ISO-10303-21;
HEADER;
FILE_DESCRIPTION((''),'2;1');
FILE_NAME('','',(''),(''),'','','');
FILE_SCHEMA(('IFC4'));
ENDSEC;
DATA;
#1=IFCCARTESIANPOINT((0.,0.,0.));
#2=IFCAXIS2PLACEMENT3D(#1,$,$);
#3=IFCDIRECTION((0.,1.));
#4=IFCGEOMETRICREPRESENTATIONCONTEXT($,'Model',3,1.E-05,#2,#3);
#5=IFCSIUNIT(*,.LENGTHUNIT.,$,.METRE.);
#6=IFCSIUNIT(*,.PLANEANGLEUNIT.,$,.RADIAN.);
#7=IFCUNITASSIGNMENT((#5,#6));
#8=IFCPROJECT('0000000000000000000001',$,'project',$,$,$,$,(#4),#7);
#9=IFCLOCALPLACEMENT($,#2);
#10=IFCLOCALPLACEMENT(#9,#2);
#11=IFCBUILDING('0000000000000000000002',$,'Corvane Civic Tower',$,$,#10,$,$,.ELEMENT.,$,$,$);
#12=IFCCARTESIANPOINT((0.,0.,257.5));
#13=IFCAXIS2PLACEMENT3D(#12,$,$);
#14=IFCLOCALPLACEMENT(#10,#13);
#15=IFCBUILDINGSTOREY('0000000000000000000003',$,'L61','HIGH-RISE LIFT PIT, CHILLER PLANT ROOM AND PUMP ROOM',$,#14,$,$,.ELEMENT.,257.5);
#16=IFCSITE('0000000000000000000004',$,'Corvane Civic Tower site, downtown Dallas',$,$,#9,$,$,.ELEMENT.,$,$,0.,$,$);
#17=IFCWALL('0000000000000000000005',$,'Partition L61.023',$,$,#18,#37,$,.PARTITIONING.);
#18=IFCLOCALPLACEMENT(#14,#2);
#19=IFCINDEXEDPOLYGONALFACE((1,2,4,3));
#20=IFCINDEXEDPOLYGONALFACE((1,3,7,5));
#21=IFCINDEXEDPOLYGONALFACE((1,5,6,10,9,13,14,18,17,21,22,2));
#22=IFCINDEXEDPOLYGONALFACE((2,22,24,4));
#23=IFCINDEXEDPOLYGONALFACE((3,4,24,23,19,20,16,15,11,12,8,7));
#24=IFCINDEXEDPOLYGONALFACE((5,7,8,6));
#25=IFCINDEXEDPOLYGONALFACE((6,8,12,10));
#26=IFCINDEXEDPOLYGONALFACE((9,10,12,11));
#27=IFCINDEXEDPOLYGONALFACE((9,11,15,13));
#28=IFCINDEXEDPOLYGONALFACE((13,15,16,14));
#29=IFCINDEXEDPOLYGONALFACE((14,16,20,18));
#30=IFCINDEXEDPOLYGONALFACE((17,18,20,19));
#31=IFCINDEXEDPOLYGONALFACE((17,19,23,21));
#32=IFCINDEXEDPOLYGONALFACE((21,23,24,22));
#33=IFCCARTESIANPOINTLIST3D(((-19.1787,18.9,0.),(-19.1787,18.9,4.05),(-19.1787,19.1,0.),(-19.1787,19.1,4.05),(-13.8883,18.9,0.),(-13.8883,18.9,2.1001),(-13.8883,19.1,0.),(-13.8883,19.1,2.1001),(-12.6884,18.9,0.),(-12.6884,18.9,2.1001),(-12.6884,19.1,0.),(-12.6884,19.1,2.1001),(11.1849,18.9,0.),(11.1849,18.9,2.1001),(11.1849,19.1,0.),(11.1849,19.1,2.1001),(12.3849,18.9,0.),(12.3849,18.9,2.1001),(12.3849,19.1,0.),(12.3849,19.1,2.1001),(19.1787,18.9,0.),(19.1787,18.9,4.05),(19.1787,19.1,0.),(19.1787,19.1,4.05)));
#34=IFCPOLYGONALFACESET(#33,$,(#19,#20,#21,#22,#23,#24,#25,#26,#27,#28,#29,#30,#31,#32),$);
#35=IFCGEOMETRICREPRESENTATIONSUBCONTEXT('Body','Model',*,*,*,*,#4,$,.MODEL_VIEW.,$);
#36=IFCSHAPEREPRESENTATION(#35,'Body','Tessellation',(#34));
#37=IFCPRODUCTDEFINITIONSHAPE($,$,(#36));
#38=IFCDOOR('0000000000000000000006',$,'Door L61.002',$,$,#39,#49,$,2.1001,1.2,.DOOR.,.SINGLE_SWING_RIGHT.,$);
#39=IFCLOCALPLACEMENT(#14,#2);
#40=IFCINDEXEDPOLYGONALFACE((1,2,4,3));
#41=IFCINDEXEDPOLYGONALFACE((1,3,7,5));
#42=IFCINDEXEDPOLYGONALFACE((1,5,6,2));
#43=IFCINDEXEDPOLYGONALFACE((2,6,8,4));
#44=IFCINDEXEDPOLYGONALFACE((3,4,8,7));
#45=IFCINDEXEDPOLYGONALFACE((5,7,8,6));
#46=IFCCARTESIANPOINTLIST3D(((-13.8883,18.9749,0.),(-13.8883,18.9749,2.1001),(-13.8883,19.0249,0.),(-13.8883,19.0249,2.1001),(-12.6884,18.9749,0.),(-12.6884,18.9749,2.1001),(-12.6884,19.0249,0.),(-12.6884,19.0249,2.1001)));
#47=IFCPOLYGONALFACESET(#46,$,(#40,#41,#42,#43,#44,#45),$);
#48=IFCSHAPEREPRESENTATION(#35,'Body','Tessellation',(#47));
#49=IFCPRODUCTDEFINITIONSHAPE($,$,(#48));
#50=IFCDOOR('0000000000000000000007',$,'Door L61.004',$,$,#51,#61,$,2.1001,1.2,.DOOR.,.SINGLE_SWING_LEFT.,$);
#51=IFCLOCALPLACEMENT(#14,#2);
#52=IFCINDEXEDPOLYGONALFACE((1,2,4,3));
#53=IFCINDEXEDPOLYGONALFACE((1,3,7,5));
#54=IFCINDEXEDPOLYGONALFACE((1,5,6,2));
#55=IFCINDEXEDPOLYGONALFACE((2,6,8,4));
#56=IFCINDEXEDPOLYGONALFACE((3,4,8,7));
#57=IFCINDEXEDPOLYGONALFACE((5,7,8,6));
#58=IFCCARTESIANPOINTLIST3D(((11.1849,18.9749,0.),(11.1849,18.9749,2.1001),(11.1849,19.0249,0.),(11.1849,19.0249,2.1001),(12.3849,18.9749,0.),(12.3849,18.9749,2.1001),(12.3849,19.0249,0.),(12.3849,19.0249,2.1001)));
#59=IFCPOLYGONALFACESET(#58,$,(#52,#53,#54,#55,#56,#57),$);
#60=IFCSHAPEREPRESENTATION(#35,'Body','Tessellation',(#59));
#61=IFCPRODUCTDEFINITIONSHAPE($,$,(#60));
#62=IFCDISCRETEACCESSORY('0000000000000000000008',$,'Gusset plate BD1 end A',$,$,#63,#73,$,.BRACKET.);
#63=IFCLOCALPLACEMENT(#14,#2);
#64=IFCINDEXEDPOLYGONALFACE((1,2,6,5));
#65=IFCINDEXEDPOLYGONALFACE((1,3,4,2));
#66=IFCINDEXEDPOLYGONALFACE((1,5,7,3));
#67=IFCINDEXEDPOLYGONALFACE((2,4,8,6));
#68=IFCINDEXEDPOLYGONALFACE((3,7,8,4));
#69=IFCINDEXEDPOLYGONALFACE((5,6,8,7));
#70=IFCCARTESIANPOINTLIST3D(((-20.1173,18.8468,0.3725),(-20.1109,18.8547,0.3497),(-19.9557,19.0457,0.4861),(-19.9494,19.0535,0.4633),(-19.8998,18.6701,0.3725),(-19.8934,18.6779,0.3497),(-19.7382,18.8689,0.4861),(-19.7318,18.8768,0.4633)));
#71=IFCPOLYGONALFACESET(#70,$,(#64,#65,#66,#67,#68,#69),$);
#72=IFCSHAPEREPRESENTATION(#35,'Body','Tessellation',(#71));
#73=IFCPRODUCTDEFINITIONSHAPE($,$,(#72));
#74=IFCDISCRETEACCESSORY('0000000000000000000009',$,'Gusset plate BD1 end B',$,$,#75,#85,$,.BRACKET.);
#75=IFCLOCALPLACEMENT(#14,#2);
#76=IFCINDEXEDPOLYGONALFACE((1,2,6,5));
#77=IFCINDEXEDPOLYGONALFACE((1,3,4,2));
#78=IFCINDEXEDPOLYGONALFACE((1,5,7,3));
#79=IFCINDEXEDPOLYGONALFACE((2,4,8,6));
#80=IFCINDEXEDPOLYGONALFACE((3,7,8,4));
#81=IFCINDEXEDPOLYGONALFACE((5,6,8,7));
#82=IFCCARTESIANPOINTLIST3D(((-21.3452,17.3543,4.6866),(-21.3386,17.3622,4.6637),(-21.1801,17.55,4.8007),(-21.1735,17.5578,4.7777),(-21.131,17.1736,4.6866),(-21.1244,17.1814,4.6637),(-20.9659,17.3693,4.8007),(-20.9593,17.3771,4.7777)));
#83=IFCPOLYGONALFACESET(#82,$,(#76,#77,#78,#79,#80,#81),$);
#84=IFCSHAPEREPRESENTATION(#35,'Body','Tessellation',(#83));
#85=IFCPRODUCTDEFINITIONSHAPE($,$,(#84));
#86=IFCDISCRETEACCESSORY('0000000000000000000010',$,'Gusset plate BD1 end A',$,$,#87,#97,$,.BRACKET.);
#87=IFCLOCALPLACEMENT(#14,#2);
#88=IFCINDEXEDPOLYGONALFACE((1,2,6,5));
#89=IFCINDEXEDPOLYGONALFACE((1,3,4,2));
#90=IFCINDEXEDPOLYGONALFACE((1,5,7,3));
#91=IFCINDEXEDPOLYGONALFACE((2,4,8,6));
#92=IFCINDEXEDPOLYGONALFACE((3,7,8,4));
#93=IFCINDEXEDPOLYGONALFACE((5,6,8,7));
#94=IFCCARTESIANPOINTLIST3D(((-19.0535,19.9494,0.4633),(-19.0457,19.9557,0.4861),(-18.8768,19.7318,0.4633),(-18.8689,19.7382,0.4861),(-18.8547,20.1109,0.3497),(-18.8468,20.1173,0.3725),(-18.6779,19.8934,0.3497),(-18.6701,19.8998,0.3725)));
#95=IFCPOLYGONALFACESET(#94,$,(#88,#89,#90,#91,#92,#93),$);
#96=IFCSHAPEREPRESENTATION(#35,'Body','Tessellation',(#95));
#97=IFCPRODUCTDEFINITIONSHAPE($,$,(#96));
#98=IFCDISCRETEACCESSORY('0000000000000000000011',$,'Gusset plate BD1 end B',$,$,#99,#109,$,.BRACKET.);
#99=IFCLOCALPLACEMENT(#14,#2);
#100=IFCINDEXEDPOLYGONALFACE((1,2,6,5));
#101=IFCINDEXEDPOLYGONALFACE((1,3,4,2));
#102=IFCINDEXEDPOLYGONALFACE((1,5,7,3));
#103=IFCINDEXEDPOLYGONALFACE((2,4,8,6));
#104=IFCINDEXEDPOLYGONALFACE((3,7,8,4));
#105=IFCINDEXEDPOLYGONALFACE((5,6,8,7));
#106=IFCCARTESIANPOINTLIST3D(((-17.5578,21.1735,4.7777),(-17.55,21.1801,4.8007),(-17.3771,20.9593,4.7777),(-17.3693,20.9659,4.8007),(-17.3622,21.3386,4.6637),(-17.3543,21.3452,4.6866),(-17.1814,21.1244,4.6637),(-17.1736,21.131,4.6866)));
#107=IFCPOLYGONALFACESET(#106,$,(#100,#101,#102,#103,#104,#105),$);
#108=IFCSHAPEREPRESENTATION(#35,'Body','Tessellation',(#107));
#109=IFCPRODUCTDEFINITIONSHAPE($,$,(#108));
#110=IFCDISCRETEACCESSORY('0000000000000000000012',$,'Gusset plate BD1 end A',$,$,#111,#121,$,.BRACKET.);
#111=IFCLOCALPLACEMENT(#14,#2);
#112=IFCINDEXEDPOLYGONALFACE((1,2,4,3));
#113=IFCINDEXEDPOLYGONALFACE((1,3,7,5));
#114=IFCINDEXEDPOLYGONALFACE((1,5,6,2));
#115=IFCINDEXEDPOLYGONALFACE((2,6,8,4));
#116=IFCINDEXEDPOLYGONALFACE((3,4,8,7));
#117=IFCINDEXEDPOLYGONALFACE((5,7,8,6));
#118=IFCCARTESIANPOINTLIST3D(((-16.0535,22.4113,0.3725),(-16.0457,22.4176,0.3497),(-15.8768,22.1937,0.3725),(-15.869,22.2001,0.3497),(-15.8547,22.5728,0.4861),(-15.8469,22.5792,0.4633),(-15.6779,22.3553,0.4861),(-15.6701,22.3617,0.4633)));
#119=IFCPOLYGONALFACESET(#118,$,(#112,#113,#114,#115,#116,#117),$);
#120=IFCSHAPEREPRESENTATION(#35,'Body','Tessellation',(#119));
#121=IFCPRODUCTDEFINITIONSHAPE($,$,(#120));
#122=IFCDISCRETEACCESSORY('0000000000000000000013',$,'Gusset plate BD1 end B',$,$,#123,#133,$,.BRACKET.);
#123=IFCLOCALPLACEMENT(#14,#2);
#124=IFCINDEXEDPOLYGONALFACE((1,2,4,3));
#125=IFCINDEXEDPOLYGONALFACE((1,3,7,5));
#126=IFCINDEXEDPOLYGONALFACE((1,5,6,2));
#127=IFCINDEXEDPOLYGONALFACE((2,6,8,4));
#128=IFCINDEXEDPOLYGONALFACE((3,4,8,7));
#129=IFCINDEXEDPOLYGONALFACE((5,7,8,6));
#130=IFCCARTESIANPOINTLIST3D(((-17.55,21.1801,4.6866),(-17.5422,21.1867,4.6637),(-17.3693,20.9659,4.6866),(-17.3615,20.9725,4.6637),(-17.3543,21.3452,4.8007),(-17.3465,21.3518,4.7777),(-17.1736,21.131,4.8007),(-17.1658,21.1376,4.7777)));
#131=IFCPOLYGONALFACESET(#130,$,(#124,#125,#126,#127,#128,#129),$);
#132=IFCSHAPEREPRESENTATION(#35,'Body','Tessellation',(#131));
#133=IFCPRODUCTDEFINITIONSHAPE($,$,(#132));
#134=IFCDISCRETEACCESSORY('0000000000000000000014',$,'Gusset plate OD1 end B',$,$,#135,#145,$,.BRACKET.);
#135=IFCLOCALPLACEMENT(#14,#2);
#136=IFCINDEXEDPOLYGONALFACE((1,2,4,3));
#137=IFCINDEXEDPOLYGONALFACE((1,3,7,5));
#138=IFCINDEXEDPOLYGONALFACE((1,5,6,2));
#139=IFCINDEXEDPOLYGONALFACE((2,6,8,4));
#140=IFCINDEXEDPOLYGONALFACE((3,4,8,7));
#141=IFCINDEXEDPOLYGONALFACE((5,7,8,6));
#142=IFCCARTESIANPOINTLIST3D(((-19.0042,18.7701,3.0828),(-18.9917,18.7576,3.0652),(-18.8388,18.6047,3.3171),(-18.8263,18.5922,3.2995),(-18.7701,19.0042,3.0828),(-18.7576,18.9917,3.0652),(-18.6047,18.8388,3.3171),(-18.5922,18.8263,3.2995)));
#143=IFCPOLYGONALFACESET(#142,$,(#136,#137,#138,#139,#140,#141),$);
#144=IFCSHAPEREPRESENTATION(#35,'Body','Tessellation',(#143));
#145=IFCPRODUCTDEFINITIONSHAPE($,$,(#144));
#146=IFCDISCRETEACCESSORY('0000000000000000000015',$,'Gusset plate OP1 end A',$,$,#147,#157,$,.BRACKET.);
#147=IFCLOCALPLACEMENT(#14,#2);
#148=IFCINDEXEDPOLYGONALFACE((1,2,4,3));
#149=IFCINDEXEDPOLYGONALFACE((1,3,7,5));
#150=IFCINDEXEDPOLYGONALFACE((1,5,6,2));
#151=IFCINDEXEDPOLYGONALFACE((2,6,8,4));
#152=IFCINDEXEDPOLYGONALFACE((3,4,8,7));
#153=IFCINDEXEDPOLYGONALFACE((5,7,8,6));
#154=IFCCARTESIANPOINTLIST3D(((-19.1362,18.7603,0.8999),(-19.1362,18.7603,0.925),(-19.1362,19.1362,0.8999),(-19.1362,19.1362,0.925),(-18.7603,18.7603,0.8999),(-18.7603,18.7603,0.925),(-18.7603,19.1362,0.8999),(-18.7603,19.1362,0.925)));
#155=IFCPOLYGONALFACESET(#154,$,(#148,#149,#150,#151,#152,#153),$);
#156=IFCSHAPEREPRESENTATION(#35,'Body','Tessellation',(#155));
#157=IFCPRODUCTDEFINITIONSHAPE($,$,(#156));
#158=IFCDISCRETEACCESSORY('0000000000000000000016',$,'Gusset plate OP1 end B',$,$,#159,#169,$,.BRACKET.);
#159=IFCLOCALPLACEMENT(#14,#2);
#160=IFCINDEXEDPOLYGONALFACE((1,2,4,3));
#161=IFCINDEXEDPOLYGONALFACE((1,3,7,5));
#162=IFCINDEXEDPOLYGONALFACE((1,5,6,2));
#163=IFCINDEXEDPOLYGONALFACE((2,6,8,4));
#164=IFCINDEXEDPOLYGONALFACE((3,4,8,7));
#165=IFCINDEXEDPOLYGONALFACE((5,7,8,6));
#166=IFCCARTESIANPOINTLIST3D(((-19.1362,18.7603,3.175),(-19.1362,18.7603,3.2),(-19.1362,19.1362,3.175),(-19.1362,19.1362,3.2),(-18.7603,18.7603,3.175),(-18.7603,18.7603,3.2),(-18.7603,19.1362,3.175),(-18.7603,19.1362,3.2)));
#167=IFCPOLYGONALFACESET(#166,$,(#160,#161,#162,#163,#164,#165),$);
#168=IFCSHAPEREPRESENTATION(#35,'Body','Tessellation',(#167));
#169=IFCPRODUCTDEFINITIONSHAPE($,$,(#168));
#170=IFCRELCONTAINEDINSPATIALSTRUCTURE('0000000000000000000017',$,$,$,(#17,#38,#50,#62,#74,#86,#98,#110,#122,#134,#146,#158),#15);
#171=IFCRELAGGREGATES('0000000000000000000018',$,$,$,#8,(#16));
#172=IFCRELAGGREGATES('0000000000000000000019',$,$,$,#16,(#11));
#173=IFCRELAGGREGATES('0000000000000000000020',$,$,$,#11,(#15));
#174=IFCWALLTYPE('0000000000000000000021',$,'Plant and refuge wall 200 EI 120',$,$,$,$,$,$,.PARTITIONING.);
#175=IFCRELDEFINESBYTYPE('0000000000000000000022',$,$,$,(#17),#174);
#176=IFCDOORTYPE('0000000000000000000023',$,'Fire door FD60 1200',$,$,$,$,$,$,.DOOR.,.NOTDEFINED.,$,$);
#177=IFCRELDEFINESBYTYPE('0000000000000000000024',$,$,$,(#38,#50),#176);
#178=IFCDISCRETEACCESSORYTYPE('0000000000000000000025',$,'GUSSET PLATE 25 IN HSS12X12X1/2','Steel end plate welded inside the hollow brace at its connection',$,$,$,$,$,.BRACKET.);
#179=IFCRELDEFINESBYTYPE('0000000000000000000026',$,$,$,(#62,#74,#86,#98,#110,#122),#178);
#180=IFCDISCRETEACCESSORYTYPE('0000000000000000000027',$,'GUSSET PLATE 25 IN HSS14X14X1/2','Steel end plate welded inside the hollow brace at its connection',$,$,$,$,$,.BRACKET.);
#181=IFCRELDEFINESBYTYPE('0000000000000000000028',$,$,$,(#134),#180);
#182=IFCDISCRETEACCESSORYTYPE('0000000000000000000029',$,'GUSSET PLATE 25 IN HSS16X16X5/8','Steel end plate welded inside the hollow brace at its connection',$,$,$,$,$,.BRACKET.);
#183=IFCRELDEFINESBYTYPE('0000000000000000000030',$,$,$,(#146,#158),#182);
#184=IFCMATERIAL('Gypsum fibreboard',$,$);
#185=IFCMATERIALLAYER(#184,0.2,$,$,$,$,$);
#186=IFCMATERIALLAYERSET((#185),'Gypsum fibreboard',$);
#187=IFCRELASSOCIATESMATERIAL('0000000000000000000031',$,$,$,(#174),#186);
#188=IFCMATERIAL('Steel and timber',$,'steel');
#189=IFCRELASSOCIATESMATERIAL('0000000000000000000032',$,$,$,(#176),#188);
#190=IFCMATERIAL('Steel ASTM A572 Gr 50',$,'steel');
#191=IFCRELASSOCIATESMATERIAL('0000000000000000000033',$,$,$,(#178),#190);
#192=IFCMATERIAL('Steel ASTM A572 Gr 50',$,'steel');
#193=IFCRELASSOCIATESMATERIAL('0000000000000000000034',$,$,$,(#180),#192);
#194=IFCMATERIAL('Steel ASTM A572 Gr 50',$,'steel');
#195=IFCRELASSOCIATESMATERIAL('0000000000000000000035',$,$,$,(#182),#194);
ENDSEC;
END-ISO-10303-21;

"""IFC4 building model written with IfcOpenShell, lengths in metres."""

from ifc_helpers import new_model, si_unit, direction, frame, frame_2d, origin, origin_2d, place, context, subcontext, project, spatial, rectangle, extrude, material, layer, layer_set, material_profile, profile_set, type_object, element, fill, save


model = new_model("IFC4")

# Units and contexts
model_context = context("Model", 3, precision=1e-05, world=origin(), true_north=direction((0.0, 1.0)))
body_context = subcontext(model_context, "Body", "Model", "MODEL_VIEW")
ifc_project = project(units=[si_unit("LENGTHUNIT", "METRE"), si_unit("PLANEANGLEUNIT", "RADIAN")], contexts=[model_context])

# Site, building, storey
site_placement = place(None, origin())
site = spatial("IfcSite", under=ifc_project, at=site_placement, Name="Corvane Civic Tower site, downtown Dallas", CompositionType="ELEMENT", RefElevation=0.0)
building_placement = place(site_placement, origin())
building = spatial("IfcBuilding", under=site, at=building_placement, Name="Corvane Civic Tower", CompositionType="ELEMENT")
storey_placement = place(building_placement, frame((0.0, 0.0, 257.5)))
storey = spatial("IfcBuildingStorey", under=building, at=storey_placement, Name="L61", Description="HIGH-RISE LIFT PIT, CHILLER PLANT ROOM AND PUMP ROOM", CompositionType="ELEMENT", Elevation=257.5)

# Wall, openings, doors
ifc_material_1 = material(Name="Gypsum fibreboard")
ifc_layer_1 = layer(ifc_material_1, 0.2)
ifc_layer_set_1 = layer_set([ifc_layer_1], Name="Gypsum fibreboard")
wall_type_1 = type_object("IfcWallType", Name="Plant and refuge wall 200 EI 120", PredefinedType="PARTITIONING", material=ifc_layer_set_1)
wall_1_placement = place(storey_placement, frame((-19.1787, 19.0, 0.0), z_axis=(0.0, 0.0, 1.0), x_axis=(1.0, 0.0, 0.0)))
wall_1 = element("IfcWall", 1, at=wall_1_placement, inside=storey, type_object=wall_type_1, Name="Partition L61.023", PredefinedType="PARTITIONING", context=body_context, shape_type="SweptSolid", body=[
    extrude(rectangle(XDim=38.3574, YDim=0.2, at=frame_2d((19.1787, 0.0))), origin(), (0.0, 0.0, 1.0), 4.05),
])
opening_1_placement = place(wall_1_placement, frame((5.2903, 0.0, 0.0)))
opening_1 = element("IfcOpeningElement", 2, at=opening_1_placement, cuts=wall_1, PredefinedType="OPENING", context=body_context, shape_type="SweptSolid", body=[
    extrude(rectangle(XDim=1.2, YDim=2.1001, at=frame_2d((0.6001, 1.05))), frame((0.0, 0.1099, 0.0), z_axis=(0.0, -1.0, 0.0), x_axis=(1.0, 0.0, 0.0)), (0.0, 0.0, 1.0), 0.22),
])
opening_2_placement = place(wall_1_placement, frame((30.3635, 0.0, 0.0)))
opening_2 = element("IfcOpeningElement", 3, at=opening_2_placement, cuts=wall_1, PredefinedType="OPENING", context=body_context, shape_type="SweptSolid", body=[
    extrude(rectangle(XDim=1.2, YDim=2.1001, at=frame_2d((0.6001, 1.05))), frame((0.0, 0.1099, 0.0), z_axis=(0.0, -1.0, 0.0), x_axis=(1.0, 0.0, 0.0)), (0.0, 0.0, 1.0), 0.22),
])
ifc_material_2 = material(Name="Steel and timber", Category="steel")
door_type = type_object("IfcDoorType", Name="Fire door FD60 1200", OperationType="NOTDEFINED", PredefinedType="DOOR", material=ifc_material_2)
door_1_placement = place(opening_1_placement, origin())
door_1 = element("IfcDoor", 4, at=door_1_placement, inside=storey, type_object=door_type, Name="Door L61.002", OperationType="SINGLE_SWING_RIGHT", OverallHeight=2.1001, OverallWidth=1.2, PredefinedType="DOOR", context=body_context, shape_type="SweptSolid", body=[
    extrude(rectangle(XDim=1.2, YDim=2.1001, at=frame_2d((0.6001, 1.05))), frame((0.0, 0.0249, 0.0), z_axis=(0.0, -1.0, 0.0), x_axis=(1.0, 0.0, 0.0)), (0.0, 0.0, 1.0), 0.05),
])
fill(opening_1, door_1)
door_2_placement = place(opening_2_placement, origin())
door_2 = element("IfcDoor", 5, at=door_2_placement, inside=storey, type_object=door_type, Name="Door L61.004", OperationType="SINGLE_SWING_LEFT", OverallHeight=2.1001, OverallWidth=1.2, PredefinedType="DOOR", context=body_context, shape_type="SweptSolid", body=[
    extrude(rectangle(XDim=1.2, YDim=2.1001, at=frame_2d((0.6001, 1.05))), frame((0.0, 0.0249, 0.0), z_axis=(0.0, -1.0, 0.0), x_axis=(1.0, 0.0, 0.0)), (0.0, 0.0, 1.0), 0.05),
])
fill(opening_2, door_2)

# Discrete accessories
ifc_material_3 = material(Name="Steel ASTM A572 Gr 50", Category="steel")
ifc_material_profile_1 = material_profile(ifc_material_3, rectangle(XDim=0.2803, YDim=0.2803, at=origin_2d()), Name="GUSSET PLATE 25 IN HSS12X12X1/2")
ifc_profile_set_1 = profile_set([ifc_material_profile_1], Name="Steel ASTM A572 Gr 50")
discrete_accessory_type_1 = type_object("IfcDiscreteAccessoryType", Name="GUSSET PLATE 25 IN HSS12X12X1/2", Description="Steel end plate welded inside the hollow brace at its connection", PredefinedType="BRACKET", material=ifc_profile_set_1)
discrete_accessory_1_placement = place(storey_placement, frame((-19.9214, 18.8657, 0.4065), z_axis=(-0.255578, -0.314558, 0.914184), x_axis=(0.776114, -0.630593, 0.0)))
element("IfcDiscreteAccessory", 6, at=discrete_accessory_1_placement, inside=storey, type_object=discrete_accessory_type_1, Name="Gusset plate BD1 end A", PredefinedType="BRACKET", context=body_context, shape_type="SweptSolid", body=[
    extrude(rectangle(XDim=0.2803, YDim=0.2803, at=origin_2d()), origin(), (0.0, 0.0, 1.0), 0.0249),
])
discrete_accessory_2_placement = place(storey_placement, frame((-21.1555, 17.3618, 4.7437), z_axis=(0.262383, 0.310973, -0.913483), x_axis=(-0.764291, 0.644871, 0.0)))
element("IfcDiscreteAccessory", 7, at=discrete_accessory_2_placement, inside=storey, type_object=discrete_accessory_type_1, Name="Gusset plate BD1 end B", PredefinedType="BRACKET", context=body_context, shape_type="SweptSolid", body=[
    extrude(rectangle(XDim=0.2803, YDim=0.2803, at=origin_2d()), origin(), (0.0, 0.0, 1.0), 0.0251),
])
discrete_accessory_3_placement = place(storey_placement, frame((-18.8657, 19.9214, 0.4065), z_axis=(0.314558, 0.255578, 0.914184), x_axis=(-0.630593, 0.776114, 0.0)))
element("IfcDiscreteAccessory", 8, at=discrete_accessory_3_placement, inside=storey, type_object=discrete_accessory_type_1, Name="Gusset plate BD1 end A", PredefinedType="BRACKET", context=body_context, shape_type="SweptSolid", body=[
    extrude(rectangle(XDim=0.2803, YDim=0.2803, at=origin_2d()), origin(), (0.0, 0.0, 1.0), 0.0249),
])
discrete_accessory_4_placement = place(storey_placement, frame((-17.3618, 21.1555, 4.7437), z_axis=(-0.310973, -0.262383, -0.913483), x_axis=(0.644871, -0.764291, 0.0)))
element("IfcDiscreteAccessory", 9, at=discrete_accessory_4_placement, inside=storey, type_object=discrete_accessory_type_1, Name="Gusset plate BD1 end B", PredefinedType="BRACKET", context=body_context, shape_type="SweptSolid", body=[
    extrude(rectangle(XDim=0.2803, YDim=0.2803, at=origin_2d()), origin(), (0.0, 0.0, 1.0), 0.0251),
])
discrete_accessory_5_placement = place(storey_placement, frame((-15.8579, 22.3896, 0.4065), z_axis=(-0.314558, -0.255578, 0.914184), x_axis=(0.630593, -0.776114, 0.0)))
element("IfcDiscreteAccessory", 10, at=discrete_accessory_5_placement, inside=storey, type_object=discrete_accessory_type_1, Name="Gusset plate BD1 end A", PredefinedType="BRACKET", context=body_context, shape_type="SweptSolid", body=[
    extrude(rectangle(XDim=0.2803, YDim=0.2803, at=origin_2d()), origin(), (0.0, 0.0, 1.0), 0.0249),
])
discrete_accessory_6_placement = place(storey_placement, frame((-17.3618, 21.1555, 4.7437), z_axis=(0.310973, 0.262383, -0.913483), x_axis=(-0.644871, 0.764291, 0.0)))
element("IfcDiscreteAccessory", 11, at=discrete_accessory_6_placement, inside=storey, type_object=discrete_accessory_type_1, Name="Gusset plate BD1 end B", PredefinedType="BRACKET", context=body_context, shape_type="SweptSolid", body=[
    extrude(rectangle(XDim=0.2803, YDim=0.2803, at=origin_2d()), origin(), (0.0, 0.0, 1.0), 0.0251),
])
ifc_material_4 = material(Name="Steel ASTM A572 Gr 50", Category="steel")
ifc_material_profile_2 = material_profile(ifc_material_4, rectangle(XDim=0.3311, YDim=0.3311, at=origin_2d()), Name="GUSSET PLATE 25 IN HSS14X14X1/2")
ifc_profile_set_2 = profile_set([ifc_material_profile_2], Name="Steel ASTM A572 Gr 50")
discrete_accessory_type_2 = type_object("IfcDiscreteAccessoryType", Name="GUSSET PLATE 25 IN HSS14X14X1/2", Description="Steel end plate welded inside the hollow brace at its connection", PredefinedType="BRACKET", material=ifc_profile_set_2)
discrete_accessory_7_placement = place(storey_placement, frame((-18.8044, 18.8044, 3.2), z_axis=(0.500433, -0.500433, -0.706494), x_axis=(0.707107, 0.707107, 0.0)))
element("IfcDiscreteAccessory", 12, at=discrete_accessory_7_placement, inside=storey, type_object=discrete_accessory_type_2, Name="Gusset plate OD1 end B", PredefinedType="BRACKET", context=body_context, shape_type="SweptSolid", body=[
    extrude(rectangle(XDim=0.3311, YDim=0.3311, at=origin_2d()), origin(), (0.0, 0.0, 1.0), 0.0249),
])
ifc_material_5 = material(Name="Steel ASTM A572 Gr 50", Category="steel")
ifc_material_profile_3 = material_profile(ifc_material_5, rectangle(XDim=0.376, YDim=0.376, at=origin_2d()), Name="GUSSET PLATE 25 IN HSS16X16X5/8")
ifc_profile_set_3 = profile_set([ifc_material_profile_3], Name="Steel ASTM A572 Gr 50")
discrete_accessory_type_3 = type_object("IfcDiscreteAccessoryType", Name="GUSSET PLATE 25 IN HSS16X16X5/8", Description="Steel end plate welded inside the hollow brace at its connection", PredefinedType="BRACKET", material=ifc_profile_set_3)
discrete_accessory_8_placement = place(storey_placement, frame((-18.9482, 18.9482, 0.8999), z_axis=(0.0, 0.0, 1.0), x_axis=(1.0, 0.0, 0.0)))
element("IfcDiscreteAccessory", 13, at=discrete_accessory_8_placement, inside=storey, type_object=discrete_accessory_type_3, Name="Gusset plate OP1 end A", PredefinedType="BRACKET", context=body_context, shape_type="SweptSolid", body=[
    extrude(rectangle(XDim=0.376, YDim=0.376, at=origin_2d()), origin(), (0.0, 0.0, 1.0), 0.0251),
])
discrete_accessory_9_placement = place(storey_placement, frame((-18.9482, 18.9482, 3.2), z_axis=(0.0, 0.0, -1.0), x_axis=(1.0, 0.0, 0.0)))
element("IfcDiscreteAccessory", 14, at=discrete_accessory_9_placement, inside=storey, type_object=discrete_accessory_type_3, Name="Gusset plate OP1 end B", PredefinedType="BRACKET", context=body_context, shape_type="SweptSolid", body=[
    extrude(rectangle(XDim=0.376, YDim=0.376, at=origin_2d()), origin(), (0.0, 0.0, 1.0), 0.0249),
])

save(model, "model.ifc")
